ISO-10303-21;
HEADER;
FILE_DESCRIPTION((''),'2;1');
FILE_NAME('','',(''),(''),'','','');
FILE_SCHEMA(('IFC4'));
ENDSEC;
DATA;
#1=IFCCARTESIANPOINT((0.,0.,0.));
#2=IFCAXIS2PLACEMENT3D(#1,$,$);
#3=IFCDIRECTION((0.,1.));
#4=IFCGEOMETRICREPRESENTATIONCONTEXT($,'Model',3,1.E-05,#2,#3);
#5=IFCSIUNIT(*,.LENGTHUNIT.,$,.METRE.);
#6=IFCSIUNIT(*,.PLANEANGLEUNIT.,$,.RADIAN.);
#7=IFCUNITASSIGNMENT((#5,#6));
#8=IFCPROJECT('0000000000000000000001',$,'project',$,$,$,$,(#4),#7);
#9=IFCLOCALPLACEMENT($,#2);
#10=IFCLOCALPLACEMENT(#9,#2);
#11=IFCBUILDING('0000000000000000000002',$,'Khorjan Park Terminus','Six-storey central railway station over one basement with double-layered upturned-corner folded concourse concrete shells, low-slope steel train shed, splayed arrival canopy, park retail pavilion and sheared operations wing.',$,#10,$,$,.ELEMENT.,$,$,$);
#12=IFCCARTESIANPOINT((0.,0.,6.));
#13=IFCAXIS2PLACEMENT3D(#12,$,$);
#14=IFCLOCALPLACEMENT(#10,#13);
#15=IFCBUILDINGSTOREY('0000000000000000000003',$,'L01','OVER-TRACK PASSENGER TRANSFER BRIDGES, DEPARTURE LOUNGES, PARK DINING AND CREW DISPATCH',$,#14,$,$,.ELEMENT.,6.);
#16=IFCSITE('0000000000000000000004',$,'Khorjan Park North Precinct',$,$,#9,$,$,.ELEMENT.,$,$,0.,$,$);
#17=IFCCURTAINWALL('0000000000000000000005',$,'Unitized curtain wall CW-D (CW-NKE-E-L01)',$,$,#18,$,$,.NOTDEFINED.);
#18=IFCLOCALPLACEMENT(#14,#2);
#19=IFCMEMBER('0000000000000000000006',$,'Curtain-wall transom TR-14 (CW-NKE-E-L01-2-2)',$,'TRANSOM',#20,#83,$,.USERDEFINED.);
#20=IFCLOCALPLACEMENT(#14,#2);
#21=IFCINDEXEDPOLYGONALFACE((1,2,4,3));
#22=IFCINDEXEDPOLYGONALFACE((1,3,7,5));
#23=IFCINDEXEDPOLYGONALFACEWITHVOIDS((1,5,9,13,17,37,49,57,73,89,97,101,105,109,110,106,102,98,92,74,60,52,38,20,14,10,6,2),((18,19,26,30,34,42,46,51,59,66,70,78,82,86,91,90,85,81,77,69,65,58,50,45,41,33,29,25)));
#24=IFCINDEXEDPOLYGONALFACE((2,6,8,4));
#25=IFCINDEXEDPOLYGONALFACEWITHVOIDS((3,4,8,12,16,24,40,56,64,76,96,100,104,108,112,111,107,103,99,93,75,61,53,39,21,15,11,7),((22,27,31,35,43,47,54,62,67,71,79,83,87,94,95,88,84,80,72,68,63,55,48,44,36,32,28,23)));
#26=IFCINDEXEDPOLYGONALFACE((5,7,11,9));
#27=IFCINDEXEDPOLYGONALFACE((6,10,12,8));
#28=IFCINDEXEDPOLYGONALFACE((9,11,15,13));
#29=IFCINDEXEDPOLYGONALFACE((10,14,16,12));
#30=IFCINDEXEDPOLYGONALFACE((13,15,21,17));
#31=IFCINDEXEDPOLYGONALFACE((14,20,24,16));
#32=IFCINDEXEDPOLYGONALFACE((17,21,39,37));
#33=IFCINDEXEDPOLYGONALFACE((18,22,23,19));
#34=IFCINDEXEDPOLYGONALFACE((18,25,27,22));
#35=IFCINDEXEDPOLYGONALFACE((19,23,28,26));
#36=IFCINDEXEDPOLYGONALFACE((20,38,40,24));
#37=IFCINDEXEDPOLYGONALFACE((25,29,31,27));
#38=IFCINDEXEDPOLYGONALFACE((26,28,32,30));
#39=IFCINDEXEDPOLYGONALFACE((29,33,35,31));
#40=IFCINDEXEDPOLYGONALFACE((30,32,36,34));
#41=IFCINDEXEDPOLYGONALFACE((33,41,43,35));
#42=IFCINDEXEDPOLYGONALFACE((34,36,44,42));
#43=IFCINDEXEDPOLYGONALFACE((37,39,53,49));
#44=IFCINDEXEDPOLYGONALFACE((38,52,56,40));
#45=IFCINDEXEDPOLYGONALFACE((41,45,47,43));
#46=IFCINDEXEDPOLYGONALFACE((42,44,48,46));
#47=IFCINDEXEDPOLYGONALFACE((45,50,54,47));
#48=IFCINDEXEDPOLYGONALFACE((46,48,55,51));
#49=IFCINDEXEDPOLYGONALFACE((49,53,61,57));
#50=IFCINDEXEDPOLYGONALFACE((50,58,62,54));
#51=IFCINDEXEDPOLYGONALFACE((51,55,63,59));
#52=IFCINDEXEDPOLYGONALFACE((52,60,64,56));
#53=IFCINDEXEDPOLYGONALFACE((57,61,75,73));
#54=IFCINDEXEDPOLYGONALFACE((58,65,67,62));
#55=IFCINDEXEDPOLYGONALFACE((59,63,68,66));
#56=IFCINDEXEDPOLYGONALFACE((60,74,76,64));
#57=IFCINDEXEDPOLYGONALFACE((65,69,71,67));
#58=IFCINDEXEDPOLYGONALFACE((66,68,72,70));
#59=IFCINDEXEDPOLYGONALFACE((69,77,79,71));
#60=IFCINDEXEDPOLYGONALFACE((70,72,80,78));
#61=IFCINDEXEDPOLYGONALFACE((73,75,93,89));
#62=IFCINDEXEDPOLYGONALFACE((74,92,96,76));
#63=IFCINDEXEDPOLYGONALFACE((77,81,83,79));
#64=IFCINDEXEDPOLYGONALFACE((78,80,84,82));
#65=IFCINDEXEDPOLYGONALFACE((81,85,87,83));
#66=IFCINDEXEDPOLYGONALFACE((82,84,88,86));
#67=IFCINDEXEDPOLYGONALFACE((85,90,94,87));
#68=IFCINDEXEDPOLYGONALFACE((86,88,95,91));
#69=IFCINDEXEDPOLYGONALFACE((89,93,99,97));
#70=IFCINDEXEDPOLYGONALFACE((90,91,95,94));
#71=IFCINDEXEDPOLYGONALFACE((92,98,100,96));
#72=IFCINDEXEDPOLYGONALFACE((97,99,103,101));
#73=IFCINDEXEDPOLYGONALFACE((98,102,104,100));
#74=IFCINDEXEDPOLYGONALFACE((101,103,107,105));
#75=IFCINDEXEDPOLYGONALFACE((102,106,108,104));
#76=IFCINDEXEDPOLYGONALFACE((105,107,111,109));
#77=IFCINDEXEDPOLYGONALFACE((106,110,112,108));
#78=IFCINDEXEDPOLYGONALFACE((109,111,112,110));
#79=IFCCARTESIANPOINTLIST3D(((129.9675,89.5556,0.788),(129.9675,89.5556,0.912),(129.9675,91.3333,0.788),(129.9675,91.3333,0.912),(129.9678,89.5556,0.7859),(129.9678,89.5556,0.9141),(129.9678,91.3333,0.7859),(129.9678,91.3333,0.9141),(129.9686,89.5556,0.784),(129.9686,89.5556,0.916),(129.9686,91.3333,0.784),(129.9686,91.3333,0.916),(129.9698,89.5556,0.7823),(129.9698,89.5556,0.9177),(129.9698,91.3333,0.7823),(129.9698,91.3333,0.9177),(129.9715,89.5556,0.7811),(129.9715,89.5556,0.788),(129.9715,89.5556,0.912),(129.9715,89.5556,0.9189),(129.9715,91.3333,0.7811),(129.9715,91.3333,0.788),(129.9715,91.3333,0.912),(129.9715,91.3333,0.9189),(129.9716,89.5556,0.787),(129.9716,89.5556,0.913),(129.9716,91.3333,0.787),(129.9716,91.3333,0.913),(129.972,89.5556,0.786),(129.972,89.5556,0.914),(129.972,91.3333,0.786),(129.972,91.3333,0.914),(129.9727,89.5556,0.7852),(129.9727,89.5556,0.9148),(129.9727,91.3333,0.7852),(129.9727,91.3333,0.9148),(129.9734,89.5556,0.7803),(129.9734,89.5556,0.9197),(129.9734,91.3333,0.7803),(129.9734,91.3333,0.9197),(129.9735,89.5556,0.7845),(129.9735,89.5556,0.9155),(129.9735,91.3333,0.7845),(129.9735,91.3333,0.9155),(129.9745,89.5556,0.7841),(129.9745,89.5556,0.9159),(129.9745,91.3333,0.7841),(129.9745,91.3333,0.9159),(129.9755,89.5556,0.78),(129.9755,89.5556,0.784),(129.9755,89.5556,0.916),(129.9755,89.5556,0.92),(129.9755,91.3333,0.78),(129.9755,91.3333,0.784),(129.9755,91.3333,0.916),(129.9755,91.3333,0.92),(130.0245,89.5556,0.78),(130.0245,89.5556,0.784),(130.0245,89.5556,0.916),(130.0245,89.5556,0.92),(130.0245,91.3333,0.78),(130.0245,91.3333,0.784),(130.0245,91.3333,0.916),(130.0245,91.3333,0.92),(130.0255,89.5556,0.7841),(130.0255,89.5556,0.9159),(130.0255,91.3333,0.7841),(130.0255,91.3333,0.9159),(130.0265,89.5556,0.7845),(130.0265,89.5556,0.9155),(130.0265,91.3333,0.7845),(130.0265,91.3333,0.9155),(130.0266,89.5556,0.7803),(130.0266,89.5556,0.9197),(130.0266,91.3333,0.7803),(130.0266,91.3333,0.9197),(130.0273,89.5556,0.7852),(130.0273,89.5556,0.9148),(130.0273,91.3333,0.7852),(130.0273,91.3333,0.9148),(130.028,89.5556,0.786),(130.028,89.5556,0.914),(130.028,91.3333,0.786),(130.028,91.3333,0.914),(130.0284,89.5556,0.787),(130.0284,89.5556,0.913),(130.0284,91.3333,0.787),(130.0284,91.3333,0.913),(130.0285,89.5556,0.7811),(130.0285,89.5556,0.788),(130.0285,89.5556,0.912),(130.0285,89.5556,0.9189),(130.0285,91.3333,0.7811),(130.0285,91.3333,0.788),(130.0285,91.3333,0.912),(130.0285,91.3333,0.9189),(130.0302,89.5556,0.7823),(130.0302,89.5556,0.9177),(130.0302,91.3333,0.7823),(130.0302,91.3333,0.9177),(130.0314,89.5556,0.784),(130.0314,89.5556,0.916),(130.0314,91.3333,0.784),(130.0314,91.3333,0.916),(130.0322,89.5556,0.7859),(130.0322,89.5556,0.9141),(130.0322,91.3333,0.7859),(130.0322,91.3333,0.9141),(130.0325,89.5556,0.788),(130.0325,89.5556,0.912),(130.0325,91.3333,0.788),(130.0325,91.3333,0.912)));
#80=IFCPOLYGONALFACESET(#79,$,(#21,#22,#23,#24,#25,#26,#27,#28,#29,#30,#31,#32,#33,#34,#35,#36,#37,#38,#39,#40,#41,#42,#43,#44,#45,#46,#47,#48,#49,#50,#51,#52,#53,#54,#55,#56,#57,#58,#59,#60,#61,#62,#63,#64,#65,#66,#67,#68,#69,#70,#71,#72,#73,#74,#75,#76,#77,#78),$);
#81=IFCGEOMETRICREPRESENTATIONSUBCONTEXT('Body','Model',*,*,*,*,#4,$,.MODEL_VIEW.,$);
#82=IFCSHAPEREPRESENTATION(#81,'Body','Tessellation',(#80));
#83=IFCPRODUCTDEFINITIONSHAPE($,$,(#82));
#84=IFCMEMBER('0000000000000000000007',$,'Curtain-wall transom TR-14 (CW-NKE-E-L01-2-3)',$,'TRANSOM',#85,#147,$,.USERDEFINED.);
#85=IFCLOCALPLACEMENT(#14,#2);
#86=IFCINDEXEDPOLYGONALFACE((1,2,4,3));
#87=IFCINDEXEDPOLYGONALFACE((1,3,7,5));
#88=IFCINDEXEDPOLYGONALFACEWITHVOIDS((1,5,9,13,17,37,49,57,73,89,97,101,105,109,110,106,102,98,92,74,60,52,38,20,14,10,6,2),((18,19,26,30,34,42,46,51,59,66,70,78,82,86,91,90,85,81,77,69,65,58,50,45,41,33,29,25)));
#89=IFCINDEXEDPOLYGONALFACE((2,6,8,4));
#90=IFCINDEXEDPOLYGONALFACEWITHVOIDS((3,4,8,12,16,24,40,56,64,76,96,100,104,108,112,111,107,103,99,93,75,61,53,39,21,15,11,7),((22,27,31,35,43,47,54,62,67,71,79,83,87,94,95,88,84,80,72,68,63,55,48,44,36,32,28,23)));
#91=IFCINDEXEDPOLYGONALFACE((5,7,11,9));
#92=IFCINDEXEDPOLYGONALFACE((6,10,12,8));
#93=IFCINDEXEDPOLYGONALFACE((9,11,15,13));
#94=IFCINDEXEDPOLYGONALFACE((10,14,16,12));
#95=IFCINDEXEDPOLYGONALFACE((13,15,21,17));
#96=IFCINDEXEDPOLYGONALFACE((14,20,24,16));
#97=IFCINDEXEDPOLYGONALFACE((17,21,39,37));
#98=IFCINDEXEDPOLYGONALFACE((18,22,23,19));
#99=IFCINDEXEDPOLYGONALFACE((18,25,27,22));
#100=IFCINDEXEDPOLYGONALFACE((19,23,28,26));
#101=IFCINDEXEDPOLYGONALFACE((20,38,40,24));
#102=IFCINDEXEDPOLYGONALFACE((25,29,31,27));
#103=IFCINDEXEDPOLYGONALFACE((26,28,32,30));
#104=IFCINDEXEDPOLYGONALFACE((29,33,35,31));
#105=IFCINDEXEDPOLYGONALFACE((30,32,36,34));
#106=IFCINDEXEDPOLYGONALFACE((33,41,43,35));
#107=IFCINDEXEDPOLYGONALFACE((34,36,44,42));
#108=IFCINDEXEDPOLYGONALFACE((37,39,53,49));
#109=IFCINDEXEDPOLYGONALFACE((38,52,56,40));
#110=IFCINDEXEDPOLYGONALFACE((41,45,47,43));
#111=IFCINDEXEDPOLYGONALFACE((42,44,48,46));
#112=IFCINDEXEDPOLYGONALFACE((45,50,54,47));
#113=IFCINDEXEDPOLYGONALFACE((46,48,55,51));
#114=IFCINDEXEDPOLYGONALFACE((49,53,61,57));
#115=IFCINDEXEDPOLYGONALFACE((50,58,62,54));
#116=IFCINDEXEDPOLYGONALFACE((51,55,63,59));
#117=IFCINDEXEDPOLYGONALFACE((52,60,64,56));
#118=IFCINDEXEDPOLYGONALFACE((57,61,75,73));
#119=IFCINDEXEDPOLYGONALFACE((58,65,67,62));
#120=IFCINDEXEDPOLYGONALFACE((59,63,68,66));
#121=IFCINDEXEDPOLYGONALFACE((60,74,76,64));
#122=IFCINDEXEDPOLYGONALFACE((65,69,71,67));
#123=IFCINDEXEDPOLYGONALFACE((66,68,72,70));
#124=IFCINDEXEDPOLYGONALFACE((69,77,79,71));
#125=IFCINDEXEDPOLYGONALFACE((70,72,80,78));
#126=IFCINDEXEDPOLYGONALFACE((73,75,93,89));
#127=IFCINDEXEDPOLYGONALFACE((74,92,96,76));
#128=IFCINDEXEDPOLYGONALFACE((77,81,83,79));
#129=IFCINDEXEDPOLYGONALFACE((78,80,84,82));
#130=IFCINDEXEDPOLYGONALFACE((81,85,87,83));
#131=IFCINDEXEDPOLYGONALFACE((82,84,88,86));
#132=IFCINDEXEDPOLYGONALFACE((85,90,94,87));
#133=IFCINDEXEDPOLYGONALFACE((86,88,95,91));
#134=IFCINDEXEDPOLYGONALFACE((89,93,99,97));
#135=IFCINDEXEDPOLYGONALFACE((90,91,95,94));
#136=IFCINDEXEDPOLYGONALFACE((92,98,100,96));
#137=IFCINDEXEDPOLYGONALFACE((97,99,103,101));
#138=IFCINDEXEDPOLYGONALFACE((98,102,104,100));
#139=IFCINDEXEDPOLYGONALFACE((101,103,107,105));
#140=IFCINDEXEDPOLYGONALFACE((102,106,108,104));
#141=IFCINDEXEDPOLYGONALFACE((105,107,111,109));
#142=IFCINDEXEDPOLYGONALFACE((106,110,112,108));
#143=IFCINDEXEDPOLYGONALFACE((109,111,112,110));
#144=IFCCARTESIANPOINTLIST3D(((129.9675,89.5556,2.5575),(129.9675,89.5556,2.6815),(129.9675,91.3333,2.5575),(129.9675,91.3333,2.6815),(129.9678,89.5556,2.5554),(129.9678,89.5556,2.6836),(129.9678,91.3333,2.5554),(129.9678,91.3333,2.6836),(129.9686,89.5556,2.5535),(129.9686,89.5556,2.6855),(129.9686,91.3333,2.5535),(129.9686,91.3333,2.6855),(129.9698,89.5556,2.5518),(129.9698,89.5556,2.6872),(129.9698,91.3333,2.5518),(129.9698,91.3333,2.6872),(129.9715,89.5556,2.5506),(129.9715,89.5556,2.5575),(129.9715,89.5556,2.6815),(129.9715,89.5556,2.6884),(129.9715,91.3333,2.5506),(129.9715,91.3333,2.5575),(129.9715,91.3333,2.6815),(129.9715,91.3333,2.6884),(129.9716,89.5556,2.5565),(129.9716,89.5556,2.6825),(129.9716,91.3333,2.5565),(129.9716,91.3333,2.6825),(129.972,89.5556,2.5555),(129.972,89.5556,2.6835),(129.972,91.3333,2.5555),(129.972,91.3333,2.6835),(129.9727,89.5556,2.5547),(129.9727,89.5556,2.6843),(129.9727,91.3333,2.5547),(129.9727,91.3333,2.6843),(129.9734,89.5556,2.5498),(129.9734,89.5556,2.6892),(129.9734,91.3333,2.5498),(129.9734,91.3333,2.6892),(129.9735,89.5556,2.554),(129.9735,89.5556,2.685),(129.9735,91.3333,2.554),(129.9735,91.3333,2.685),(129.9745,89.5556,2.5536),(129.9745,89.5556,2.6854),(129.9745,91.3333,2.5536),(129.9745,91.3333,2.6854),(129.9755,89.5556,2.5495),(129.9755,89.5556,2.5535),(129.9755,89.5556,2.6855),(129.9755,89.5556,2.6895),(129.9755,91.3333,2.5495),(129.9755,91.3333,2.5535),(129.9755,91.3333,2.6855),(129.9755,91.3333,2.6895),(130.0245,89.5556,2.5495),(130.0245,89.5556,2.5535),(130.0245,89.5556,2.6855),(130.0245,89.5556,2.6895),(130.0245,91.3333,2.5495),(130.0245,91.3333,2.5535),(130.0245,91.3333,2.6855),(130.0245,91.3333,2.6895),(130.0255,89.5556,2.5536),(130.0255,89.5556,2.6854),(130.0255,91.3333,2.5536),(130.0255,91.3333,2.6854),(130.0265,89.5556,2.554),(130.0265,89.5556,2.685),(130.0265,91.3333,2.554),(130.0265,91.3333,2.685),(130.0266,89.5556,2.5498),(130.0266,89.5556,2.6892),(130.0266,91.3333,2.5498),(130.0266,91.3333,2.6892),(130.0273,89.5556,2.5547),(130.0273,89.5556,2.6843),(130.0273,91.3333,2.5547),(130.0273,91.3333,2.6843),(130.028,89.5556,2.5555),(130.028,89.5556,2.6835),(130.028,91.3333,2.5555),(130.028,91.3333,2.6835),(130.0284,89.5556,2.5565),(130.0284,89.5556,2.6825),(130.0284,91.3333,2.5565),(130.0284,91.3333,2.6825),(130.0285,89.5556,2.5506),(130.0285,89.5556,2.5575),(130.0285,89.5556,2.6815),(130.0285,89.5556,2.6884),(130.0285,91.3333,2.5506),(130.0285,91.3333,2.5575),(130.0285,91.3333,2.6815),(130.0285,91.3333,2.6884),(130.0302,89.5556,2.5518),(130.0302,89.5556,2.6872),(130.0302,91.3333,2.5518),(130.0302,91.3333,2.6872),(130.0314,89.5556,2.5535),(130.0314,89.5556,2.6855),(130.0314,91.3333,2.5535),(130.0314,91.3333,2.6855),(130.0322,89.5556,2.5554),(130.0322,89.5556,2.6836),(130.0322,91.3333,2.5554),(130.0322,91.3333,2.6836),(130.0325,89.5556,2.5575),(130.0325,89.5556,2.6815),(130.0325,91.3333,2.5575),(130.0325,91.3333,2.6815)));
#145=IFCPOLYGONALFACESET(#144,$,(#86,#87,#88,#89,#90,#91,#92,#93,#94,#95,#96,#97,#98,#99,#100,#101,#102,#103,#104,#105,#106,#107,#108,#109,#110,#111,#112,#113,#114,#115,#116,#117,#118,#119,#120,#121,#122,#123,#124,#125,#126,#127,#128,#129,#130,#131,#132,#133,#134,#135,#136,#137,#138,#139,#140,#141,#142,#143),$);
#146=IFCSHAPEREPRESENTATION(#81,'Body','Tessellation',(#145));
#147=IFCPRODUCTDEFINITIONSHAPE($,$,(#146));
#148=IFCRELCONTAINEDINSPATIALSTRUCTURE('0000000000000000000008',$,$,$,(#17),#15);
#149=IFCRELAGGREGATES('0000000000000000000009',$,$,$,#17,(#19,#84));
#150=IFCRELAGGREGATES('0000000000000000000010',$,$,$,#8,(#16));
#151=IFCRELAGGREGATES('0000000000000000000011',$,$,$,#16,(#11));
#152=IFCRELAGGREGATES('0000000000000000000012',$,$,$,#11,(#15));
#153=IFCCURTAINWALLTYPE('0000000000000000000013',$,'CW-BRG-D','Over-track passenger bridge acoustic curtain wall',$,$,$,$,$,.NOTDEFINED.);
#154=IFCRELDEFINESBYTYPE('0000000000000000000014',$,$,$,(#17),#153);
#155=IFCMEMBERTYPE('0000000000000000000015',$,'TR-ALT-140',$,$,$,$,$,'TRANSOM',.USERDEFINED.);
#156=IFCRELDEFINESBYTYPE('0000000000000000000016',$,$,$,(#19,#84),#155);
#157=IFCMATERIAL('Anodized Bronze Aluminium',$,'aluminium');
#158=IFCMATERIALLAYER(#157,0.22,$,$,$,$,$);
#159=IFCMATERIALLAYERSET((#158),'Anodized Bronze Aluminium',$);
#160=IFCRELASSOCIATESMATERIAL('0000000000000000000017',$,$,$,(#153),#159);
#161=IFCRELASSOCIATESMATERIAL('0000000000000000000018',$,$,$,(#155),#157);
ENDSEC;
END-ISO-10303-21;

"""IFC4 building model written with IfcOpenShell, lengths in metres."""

from ifc_helpers import new_model, si_unit, direction, frame, origin, origin_2d, place, context, subcontext, project, spatial, hollow_rectangle, extrude, material, layer, layer_set, material_profile, profile_set, type_object, element, aggregate, save


model = new_model("IFC4")

# Units and contexts
model_context = context("Model", 3, precision=1e-05, world=origin(), true_north=direction((0.0, 1.0)))
body_context = subcontext(model_context, "Body", "Model", "MODEL_VIEW")
ifc_project = project(units=[si_unit("LENGTHUNIT", "METRE"), si_unit("PLANEANGLEUNIT", "RADIAN")], contexts=[model_context])

# Site, building, storey
site_placement = place(None, origin())
site = spatial("IfcSite", under=ifc_project, at=site_placement, Name="Khorjan Park North Precinct", CompositionType="ELEMENT", RefElevation=0.0)
building_placement = place(site_placement, origin())
building = spatial("IfcBuilding", under=site, at=building_placement, Name="Khorjan Park Terminus", Description="Six-storey central railway station over one basement with double-layered upturned-corner folded concourse concrete shells, low-slope steel train shed, splayed arrival canopy, park retail pavilion and sheared operations wing.", CompositionType="ELEMENT")
storey_placement = place(building_placement, frame((0.0, 0.0, 6.0)))
storey = spatial("IfcBuildingStorey", under=building, at=storey_placement, Name="L01", Description="OVER-TRACK PASSENGER TRANSFER BRIDGES, DEPARTURE LOUNGES, PARK DINING AND CREW DISPATCH", CompositionType="ELEMENT", Elevation=6.0)

# Shared definitions
ifc_material_1 = material(Name="Anodized Bronze Aluminium", Category="aluminium")
ifc_layer_1 = layer(ifc_material_1, 0.22)
ifc_layer_set_1 = layer_set([ifc_layer_1], Name="Anodized Bronze Aluminium")
curtain_wall_type = type_object("IfcCurtainWallType", Name="CW-BRG-D", Description="Over-track passenger bridge acoustic curtain wall", PredefinedType="NOTDEFINED", material=ifc_layer_set_1)

# Curtain wall
curtain_wall_1_placement = place(storey_placement, origin())
curtain_wall_1 = element("IfcCurtainWall", 1, at=curtain_wall_1_placement, inside=storey, type_object=curtain_wall_type, Name="Unitized curtain wall CW-D (CW-NKE-E-L01)", PredefinedType="NOTDEFINED")

# Members
ifc_material_profile_1 = material_profile(ifc_material_1, hollow_rectangle(XDim=0.065, YDim=0.14, WallThickness=0.004, InnerFilletRadius=0.004, OuterFilletRadius=0.008, at=origin_2d()), Name="ALT 65x140x4")
ifc_profile_set_1 = profile_set([ifc_material_profile_1], Name="Anodized Bronze Aluminium")
member_type_1 = type_object("IfcMemberType", Name="TR-ALT-140", ElementType="TRANSOM", PredefinedType="USERDEFINED", material=ifc_profile_set_1)
member_1_placement = place(storey_placement, frame((130.0, 89.5556, 0.85), z_axis=(0.0, 1.0, 0.0), x_axis=(-1.0, 0.0, 0.0)))
member_1 = element("IfcMember", 2, at=member_1_placement, type_object=member_type_1, Name="Curtain-wall transom TR-14 (CW-NKE-E-L01-2-2)", ObjectType="TRANSOM", PredefinedType="USERDEFINED", context=body_context, shape_type="SweptSolid", body=[
    extrude(hollow_rectangle(XDim=0.065, YDim=0.14, WallThickness=0.004, InnerFilletRadius=0.004, OuterFilletRadius=0.008, at=origin_2d()), origin(), (0.0, 0.0, 1.0), 1.7777),
])
member_2_placement = place(storey_placement, frame((130.0, 89.5556, 2.6195), z_axis=(0.0, 1.0, 0.0), x_axis=(-1.0, 0.0, 0.0)))
member_2 = element("IfcMember", 3, at=member_2_placement, type_object=member_type_1, Name="Curtain-wall transom TR-14 (CW-NKE-E-L01-2-3)", ObjectType="TRANSOM", PredefinedType="USERDEFINED", context=body_context, shape_type="SweptSolid", body=[
    extrude(hollow_rectangle(XDim=0.065, YDim=0.14, WallThickness=0.004, InnerFilletRadius=0.004, OuterFilletRadius=0.008, at=origin_2d()), origin(), (0.0, 0.0, 1.0), 1.7777),
])

aggregate(curtain_wall_1, [member_1, member_2])

save(model, "model.ifc")
